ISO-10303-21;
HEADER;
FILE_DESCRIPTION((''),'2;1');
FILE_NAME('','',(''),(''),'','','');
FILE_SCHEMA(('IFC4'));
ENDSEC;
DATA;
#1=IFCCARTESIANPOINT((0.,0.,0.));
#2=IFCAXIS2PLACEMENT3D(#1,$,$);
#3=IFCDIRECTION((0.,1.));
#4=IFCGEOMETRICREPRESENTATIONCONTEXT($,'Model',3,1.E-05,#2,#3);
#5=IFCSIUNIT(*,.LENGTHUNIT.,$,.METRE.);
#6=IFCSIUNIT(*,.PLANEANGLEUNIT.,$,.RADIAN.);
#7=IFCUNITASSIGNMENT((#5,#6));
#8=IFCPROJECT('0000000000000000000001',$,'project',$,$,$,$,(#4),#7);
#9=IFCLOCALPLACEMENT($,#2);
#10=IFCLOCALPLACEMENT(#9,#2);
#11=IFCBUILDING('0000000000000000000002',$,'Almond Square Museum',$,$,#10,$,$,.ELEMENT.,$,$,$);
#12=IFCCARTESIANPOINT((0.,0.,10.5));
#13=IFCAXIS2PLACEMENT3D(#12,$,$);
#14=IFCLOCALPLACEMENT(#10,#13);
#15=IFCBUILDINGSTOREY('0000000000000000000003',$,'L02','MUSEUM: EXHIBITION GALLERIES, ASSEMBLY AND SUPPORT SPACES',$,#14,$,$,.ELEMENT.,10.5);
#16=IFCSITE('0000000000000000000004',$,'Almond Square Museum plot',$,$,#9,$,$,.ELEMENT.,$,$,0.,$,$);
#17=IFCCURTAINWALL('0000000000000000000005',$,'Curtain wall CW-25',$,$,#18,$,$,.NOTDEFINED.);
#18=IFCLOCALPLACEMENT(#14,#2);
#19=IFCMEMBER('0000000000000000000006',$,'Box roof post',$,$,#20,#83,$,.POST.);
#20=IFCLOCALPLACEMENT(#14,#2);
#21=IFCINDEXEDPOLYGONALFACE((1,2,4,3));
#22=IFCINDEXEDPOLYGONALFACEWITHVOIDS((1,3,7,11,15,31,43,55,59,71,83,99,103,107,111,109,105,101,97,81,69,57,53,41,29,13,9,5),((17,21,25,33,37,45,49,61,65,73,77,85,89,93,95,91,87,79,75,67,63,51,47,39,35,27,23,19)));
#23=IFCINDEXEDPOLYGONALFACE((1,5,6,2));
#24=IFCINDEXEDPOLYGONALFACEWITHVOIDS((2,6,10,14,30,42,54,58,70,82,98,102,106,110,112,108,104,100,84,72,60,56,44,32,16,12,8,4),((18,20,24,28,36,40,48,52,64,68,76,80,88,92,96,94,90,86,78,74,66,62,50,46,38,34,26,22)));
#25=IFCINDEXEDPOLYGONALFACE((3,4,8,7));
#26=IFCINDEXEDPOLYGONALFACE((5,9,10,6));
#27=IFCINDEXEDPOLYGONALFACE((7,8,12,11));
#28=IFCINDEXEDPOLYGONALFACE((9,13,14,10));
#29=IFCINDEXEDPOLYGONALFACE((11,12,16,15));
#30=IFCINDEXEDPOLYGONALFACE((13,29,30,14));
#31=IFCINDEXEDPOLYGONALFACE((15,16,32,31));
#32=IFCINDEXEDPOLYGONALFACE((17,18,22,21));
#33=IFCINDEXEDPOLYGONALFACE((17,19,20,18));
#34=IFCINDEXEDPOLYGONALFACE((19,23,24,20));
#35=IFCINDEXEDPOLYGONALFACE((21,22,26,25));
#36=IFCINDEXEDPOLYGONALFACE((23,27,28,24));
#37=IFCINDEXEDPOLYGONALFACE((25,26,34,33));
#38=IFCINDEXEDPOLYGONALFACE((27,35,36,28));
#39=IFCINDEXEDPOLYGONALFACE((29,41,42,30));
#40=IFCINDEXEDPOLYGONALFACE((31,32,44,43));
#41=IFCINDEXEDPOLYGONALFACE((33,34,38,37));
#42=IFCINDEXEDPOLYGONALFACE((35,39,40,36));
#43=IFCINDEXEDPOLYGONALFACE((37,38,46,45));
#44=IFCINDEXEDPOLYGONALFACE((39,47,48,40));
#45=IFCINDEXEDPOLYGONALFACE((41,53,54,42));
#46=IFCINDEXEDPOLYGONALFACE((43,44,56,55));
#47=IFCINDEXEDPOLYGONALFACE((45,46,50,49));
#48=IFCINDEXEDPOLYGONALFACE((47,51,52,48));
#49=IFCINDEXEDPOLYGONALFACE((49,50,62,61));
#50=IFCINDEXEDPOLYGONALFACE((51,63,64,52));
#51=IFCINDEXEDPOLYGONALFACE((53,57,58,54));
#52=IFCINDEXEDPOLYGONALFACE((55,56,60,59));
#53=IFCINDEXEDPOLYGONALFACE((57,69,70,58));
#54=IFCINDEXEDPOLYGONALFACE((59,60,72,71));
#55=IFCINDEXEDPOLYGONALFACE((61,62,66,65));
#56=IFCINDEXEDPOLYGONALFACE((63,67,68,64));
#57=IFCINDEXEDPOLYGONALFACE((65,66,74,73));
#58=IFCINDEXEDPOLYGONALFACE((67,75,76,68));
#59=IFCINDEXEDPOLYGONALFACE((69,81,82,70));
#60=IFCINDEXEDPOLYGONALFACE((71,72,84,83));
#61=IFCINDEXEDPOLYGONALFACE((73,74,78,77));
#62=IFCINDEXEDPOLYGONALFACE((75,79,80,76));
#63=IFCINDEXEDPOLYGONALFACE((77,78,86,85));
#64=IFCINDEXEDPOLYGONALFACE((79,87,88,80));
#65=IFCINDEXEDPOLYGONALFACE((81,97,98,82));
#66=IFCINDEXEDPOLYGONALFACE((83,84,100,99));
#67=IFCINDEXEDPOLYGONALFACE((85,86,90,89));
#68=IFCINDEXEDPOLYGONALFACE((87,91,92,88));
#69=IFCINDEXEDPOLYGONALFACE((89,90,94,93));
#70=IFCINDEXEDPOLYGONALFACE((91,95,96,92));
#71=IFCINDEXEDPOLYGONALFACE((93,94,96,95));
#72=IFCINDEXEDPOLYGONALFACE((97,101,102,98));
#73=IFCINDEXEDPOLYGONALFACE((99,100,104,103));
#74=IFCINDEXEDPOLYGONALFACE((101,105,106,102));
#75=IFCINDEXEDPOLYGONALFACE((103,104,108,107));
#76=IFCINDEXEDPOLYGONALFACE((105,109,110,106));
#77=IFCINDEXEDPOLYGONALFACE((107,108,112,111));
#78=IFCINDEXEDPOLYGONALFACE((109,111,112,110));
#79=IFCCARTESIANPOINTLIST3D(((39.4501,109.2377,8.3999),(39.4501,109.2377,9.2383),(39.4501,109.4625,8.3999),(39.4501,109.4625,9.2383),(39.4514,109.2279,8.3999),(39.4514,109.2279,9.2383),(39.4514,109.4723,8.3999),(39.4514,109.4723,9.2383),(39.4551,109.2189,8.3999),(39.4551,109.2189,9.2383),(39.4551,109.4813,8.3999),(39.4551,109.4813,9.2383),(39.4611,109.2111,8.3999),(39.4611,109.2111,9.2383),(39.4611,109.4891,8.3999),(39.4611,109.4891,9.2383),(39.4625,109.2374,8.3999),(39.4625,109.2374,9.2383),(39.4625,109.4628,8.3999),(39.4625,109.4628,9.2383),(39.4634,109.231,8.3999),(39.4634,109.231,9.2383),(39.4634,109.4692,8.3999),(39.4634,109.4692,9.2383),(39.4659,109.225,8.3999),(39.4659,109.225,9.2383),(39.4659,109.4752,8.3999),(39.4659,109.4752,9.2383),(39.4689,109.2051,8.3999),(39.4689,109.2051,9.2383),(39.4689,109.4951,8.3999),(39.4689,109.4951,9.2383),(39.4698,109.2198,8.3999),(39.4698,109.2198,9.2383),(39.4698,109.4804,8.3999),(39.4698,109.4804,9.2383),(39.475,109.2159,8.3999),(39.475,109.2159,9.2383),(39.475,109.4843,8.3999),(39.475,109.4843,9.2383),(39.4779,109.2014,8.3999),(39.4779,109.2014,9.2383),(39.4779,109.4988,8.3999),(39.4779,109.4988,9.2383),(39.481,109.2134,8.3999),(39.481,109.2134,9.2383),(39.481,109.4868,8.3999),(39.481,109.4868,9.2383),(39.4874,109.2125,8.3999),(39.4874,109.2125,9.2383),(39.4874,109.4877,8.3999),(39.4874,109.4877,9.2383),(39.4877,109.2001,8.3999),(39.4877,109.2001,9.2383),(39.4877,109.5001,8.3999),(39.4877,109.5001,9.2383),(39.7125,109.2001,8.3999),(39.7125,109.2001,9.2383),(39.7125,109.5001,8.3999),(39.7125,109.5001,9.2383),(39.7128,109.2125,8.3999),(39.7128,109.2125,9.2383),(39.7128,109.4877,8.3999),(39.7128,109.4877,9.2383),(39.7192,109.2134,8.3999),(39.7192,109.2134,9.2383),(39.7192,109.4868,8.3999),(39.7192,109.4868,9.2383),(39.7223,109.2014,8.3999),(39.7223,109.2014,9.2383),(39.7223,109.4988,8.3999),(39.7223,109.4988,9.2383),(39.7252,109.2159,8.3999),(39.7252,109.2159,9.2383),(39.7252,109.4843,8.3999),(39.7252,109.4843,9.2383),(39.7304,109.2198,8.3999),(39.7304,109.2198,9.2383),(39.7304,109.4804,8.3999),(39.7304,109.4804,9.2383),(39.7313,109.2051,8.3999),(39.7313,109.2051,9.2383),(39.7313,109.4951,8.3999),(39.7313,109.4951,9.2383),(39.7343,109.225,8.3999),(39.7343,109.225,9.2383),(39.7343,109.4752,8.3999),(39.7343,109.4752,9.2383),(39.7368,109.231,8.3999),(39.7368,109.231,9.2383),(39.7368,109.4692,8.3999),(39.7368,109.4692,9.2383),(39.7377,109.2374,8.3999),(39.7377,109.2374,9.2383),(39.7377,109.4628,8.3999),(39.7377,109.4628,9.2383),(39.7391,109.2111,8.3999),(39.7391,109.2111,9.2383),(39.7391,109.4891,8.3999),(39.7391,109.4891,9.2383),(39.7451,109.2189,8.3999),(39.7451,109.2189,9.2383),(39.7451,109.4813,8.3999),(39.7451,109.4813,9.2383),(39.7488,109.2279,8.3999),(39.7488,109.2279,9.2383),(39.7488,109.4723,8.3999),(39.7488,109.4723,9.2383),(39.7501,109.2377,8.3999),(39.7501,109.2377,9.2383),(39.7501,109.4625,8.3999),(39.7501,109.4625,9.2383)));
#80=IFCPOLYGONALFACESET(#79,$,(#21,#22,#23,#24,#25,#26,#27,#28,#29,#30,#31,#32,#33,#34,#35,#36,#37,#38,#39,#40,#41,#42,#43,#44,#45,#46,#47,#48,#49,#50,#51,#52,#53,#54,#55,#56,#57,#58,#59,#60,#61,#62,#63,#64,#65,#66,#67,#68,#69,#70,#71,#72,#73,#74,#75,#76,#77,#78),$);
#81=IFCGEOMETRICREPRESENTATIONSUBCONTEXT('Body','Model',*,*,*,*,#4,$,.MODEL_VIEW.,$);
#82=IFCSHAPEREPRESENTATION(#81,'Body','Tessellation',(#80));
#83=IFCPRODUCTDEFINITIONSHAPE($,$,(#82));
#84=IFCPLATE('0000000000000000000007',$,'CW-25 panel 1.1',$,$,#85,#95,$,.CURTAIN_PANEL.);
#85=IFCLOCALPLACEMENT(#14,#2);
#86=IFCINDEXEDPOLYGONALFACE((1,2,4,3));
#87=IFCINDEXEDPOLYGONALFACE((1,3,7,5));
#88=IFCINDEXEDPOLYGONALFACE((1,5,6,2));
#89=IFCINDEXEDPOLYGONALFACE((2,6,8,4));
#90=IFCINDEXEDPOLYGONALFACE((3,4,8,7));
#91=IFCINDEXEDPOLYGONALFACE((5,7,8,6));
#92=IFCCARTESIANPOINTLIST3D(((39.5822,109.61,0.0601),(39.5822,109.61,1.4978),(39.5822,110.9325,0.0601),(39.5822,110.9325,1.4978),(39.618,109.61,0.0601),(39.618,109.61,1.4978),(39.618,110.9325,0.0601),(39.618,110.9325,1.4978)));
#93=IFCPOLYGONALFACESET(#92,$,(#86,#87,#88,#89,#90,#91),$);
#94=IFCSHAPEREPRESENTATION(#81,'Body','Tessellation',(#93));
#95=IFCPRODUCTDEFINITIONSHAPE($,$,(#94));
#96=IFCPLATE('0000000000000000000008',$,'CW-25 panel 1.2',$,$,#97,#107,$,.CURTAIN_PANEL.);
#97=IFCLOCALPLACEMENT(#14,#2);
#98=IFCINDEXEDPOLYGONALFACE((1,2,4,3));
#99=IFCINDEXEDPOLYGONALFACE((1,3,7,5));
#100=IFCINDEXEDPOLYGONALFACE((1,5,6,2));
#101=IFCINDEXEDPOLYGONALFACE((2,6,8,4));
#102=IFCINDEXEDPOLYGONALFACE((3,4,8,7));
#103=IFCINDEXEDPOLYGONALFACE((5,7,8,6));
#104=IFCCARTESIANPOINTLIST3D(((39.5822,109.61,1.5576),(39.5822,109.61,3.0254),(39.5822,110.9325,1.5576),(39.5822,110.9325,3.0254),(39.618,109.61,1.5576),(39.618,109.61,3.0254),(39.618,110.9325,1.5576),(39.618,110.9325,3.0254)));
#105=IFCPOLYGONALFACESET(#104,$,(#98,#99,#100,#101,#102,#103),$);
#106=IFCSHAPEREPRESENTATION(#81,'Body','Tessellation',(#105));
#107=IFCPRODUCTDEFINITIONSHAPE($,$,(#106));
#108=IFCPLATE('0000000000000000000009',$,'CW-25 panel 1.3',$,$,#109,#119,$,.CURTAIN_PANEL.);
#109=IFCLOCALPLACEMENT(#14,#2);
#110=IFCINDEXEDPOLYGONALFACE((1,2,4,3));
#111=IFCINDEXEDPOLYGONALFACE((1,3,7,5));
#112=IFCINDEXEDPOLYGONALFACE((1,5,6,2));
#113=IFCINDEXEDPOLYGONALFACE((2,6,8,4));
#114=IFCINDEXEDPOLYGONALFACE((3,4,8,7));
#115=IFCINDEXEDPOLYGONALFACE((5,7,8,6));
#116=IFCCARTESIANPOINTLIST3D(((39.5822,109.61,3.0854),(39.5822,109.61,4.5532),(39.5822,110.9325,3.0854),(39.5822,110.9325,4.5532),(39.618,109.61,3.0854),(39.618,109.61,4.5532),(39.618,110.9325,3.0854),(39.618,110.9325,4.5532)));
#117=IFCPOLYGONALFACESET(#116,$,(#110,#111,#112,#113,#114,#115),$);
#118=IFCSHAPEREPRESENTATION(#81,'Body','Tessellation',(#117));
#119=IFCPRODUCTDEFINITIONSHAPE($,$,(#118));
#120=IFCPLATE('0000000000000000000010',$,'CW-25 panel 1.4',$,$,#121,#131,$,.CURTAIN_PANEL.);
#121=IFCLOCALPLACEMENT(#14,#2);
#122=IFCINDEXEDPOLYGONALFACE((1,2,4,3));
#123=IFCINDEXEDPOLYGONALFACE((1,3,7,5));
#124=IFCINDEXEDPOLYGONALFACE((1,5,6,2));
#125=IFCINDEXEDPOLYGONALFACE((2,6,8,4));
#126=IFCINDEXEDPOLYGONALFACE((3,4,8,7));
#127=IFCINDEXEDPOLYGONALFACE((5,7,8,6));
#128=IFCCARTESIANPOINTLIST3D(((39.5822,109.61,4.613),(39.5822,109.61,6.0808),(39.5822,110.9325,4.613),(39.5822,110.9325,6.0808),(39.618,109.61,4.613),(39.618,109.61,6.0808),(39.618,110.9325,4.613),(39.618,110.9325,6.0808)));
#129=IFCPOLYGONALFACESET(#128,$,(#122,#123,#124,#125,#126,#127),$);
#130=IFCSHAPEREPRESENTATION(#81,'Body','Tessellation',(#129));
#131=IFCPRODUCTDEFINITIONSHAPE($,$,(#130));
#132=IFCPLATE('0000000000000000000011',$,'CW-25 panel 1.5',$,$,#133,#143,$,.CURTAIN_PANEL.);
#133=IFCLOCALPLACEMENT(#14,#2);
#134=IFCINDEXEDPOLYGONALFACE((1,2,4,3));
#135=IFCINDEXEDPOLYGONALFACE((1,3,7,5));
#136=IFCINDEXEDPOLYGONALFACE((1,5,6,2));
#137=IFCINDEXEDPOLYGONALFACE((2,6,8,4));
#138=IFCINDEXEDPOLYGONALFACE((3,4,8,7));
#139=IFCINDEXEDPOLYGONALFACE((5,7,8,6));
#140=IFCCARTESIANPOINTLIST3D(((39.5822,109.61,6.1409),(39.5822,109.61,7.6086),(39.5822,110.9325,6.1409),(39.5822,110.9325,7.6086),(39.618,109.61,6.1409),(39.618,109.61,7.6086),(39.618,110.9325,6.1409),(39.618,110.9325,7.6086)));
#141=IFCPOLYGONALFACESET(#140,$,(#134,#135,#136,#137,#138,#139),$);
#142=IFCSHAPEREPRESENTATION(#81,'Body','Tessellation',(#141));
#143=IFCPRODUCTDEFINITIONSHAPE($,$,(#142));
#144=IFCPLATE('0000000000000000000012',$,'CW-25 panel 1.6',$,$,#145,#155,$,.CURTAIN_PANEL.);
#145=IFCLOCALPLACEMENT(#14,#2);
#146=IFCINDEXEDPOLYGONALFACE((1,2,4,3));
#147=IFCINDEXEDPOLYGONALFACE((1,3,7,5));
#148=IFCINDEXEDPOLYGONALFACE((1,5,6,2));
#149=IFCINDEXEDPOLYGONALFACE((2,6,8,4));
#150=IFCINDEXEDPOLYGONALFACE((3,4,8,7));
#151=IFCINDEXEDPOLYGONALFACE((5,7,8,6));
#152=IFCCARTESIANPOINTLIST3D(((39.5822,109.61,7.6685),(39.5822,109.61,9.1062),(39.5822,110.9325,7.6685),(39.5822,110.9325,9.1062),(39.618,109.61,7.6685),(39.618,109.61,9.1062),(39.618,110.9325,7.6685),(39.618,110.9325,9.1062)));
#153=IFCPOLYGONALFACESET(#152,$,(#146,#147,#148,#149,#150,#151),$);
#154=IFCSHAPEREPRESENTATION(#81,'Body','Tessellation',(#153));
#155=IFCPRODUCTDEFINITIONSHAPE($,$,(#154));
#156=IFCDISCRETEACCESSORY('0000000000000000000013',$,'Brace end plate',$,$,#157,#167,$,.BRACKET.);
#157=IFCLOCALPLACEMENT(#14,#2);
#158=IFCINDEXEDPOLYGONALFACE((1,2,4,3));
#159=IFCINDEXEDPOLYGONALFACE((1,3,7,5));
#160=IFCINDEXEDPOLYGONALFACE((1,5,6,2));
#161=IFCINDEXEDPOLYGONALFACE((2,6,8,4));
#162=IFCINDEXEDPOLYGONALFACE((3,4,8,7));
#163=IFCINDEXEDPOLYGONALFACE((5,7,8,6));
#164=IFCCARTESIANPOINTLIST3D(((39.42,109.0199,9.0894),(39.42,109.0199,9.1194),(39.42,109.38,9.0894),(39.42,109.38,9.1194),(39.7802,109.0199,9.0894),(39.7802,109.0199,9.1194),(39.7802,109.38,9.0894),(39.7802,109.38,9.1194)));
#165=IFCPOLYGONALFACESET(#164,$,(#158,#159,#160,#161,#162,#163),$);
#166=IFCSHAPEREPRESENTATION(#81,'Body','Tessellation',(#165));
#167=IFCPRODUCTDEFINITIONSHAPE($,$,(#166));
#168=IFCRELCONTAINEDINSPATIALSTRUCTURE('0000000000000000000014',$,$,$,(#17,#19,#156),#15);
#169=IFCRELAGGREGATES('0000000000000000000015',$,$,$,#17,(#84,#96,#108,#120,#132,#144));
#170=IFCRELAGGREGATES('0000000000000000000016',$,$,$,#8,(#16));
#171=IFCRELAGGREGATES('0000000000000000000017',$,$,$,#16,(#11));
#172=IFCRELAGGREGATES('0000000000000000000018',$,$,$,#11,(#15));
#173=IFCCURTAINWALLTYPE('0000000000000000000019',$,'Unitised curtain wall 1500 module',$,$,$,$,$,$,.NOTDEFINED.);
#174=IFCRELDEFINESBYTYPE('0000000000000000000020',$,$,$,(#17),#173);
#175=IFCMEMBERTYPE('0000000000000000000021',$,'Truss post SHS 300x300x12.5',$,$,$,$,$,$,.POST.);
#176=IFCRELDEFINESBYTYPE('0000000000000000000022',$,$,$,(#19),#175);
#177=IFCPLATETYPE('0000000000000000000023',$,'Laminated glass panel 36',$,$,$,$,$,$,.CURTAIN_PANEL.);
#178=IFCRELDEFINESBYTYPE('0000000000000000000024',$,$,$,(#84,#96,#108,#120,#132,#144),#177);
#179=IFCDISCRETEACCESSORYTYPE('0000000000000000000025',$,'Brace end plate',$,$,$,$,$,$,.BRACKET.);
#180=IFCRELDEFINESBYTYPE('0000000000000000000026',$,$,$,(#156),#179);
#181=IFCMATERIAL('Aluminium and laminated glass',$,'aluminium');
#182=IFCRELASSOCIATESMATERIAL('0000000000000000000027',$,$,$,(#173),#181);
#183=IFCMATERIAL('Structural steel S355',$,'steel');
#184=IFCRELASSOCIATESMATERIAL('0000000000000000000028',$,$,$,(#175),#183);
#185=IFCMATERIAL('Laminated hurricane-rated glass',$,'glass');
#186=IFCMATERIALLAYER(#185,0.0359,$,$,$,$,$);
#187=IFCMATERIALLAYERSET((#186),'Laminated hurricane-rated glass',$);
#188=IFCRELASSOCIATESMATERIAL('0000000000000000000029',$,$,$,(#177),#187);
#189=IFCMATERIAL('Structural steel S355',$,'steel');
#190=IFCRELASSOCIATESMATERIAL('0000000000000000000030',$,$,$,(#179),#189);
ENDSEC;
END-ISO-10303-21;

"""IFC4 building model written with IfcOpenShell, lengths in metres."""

from ifc_helpers import new_model, si_unit, direction, frame, origin, origin_2d, place, context, subcontext, project, spatial, rectangle, hollow_rectangle, extrude, material, layer, layer_set, material_profile, profile_set, type_object, element, aggregate, save


model = new_model("IFC4")

# Units and contexts
model_context = context("Model", 3, precision=1e-05, world=origin(), true_north=direction((0.0, 1.0)))
body_context = subcontext(model_context, "Body", "Model", "MODEL_VIEW")
ifc_project = project(units=[si_unit("LENGTHUNIT", "METRE"), si_unit("PLANEANGLEUNIT", "RADIAN")], contexts=[model_context])

# Site, building, storey
site_placement = place(None, origin())
site = spatial("IfcSite", under=ifc_project, at=site_placement, Name="Almond Square Museum plot", CompositionType="ELEMENT", RefElevation=0.0)
building_placement = place(site_placement, origin())
building = spatial("IfcBuilding", under=site, at=building_placement, Name="Almond Square Museum", CompositionType="ELEMENT")
storey_placement = place(building_placement, frame((0.0, 0.0, 10.5)))
storey = spatial("IfcBuildingStorey", under=building, at=storey_placement, Name="L02", Description="MUSEUM: EXHIBITION GALLERIES, ASSEMBLY AND SUPPORT SPACES", CompositionType="ELEMENT", Elevation=10.5)

# Curtain wall
ifc_material_1 = material(Name="Aluminium and laminated glass", Category="aluminium")
curtain_wall_type = type_object("IfcCurtainWallType", Name="Unitised curtain wall 1500 module", PredefinedType="NOTDEFINED", material=ifc_material_1)
curtain_wall_placement = place(storey_placement, origin())
curtain_wall = element("IfcCurtainWall", 1, at=curtain_wall_placement, inside=storey, type_object=curtain_wall_type, Name="Curtain wall CW-25", PredefinedType="NOTDEFINED")

# Member
ifc_material_2 = material(Name="Structural steel S355", Category="steel")
ifc_material_profile_1 = material_profile(ifc_material_2, hollow_rectangle(XDim=0.3, YDim=0.3, WallThickness=0.0125, InnerFilletRadius=0.0249, OuterFilletRadius=0.0376, at=origin_2d()))
ifc_profile_set_1 = profile_set([ifc_material_profile_1], Name="Structural steel S355")
member_type_1 = type_object("IfcMemberType", Name="Truss post SHS 300x300x12.5", PredefinedType="POST", material=ifc_profile_set_1)
member_1_placement = place(storey_placement, frame((39.6001, 109.3501, 8.3999), z_axis=(0.0, 0.0, 1.0), x_axis=(1.0, 0.0, 0.0)))
element("IfcMember", 2, at=member_1_placement, inside=storey, type_object=member_type_1, Name="Box roof post", PredefinedType="POST", context=body_context, shape_type="SweptSolid", body=[
    extrude(hollow_rectangle(XDim=0.3, YDim=0.3, WallThickness=0.0125, InnerFilletRadius=0.0249, OuterFilletRadius=0.0376, at=origin_2d()), origin(), (0.0, 0.0, 1.0), 0.8384),
])

# Plates
ifc_material_3 = material(Name="Laminated hurricane-rated glass", Category="glass")
ifc_layer = layer(ifc_material_3, 0.0359)
ifc_layer_set = layer_set([ifc_layer], Name="Laminated hurricane-rated glass")
plate_type = type_object("IfcPlateType", Name="Laminated glass panel 36", PredefinedType="CURTAIN_PANEL", material=ifc_layer_set)
plate_1_placement = place(storey_placement, frame((39.6001, 110.2712, 0.0601), z_axis=(0.0, 0.0, 1.0), x_axis=(0.0, 1.0, 0.0)))
plate_1 = element("IfcPlate", 3, at=plate_1_placement, type_object=plate_type, Name="CW-25 panel 1.1", PredefinedType="CURTAIN_PANEL", context=body_context, shape_type="SweptSolid", body=[
    extrude(rectangle(XDim=1.3225, YDim=0.0359, at=origin_2d()), origin(), (0.0, 0.0, 1.0), 1.4377),
])
plate_2_placement = place(storey_placement, frame((39.6001, 110.2712, 1.5576), z_axis=(0.0, 0.0, 1.0), x_axis=(0.0, 1.0, 0.0)))
plate_2 = element("IfcPlate", 4, at=plate_2_placement, type_object=plate_type, Name="CW-25 panel 1.2", PredefinedType="CURTAIN_PANEL", context=body_context, shape_type="SweptSolid", body=[
    extrude(rectangle(XDim=1.3225, YDim=0.0359, at=origin_2d()), origin(), (0.0, 0.0, 1.0), 1.4678),
])
plate_3_placement = place(storey_placement, frame((39.6001, 110.2712, 3.0854), z_axis=(0.0, 0.0, 1.0), x_axis=(0.0, 1.0, 0.0)))
plate_3 = element("IfcPlate", 5, at=plate_3_placement, type_object=plate_type, Name="CW-25 panel 1.3", PredefinedType="CURTAIN_PANEL", context=body_context, shape_type="SweptSolid", body=[
    extrude(rectangle(XDim=1.3225, YDim=0.0359, at=origin_2d()), origin(), (0.0, 0.0, 1.0), 1.4678),
])
plate_4_placement = place(storey_placement, frame((39.6001, 110.2712, 4.613), z_axis=(0.0, 0.0, 1.0), x_axis=(0.0, 1.0, 0.0)))
plate_4 = element("IfcPlate", 6, at=plate_4_placement, type_object=plate_type, Name="CW-25 panel 1.4", PredefinedType="CURTAIN_PANEL", context=body_context, shape_type="SweptSolid", body=[
    extrude(rectangle(XDim=1.3225, YDim=0.0359, at=origin_2d()), origin(), (0.0, 0.0, 1.0), 1.4678),
])
plate_5_placement = place(storey_placement, frame((39.6001, 110.2712, 6.1409), z_axis=(0.0, 0.0, 1.0), x_axis=(0.0, 1.0, 0.0)))
plate_5 = element("IfcPlate", 7, at=plate_5_placement, type_object=plate_type, Name="CW-25 panel 1.5", PredefinedType="CURTAIN_PANEL", context=body_context, shape_type="SweptSolid", body=[
    extrude(rectangle(XDim=1.3225, YDim=0.0359, at=origin_2d()), origin(), (0.0, 0.0, 1.0), 1.4678),
])
plate_6_placement = place(storey_placement, frame((39.6001, 110.2712, 7.6685), z_axis=(0.0, 0.0, 1.0), x_axis=(0.0, 1.0, 0.0)))
plate_6 = element("IfcPlate", 8, at=plate_6_placement, type_object=plate_type, Name="CW-25 panel 1.6", PredefinedType="CURTAIN_PANEL", context=body_context, shape_type="SweptSolid", body=[
    extrude(rectangle(XDim=1.3225, YDim=0.0359, at=origin_2d()), origin(), (0.0, 0.0, 1.0), 1.4377),
])
aggregate(curtain_wall, [plate_1, plate_2, plate_3, plate_4, plate_5, plate_6])

# Discrete accessory
ifc_material_4 = material(Name="Structural steel S355", Category="steel")
discrete_accessory_type = type_object("IfcDiscreteAccessoryType", Name="Brace end plate", PredefinedType="BRACKET", material=ifc_material_4)
discrete_accessory_placement = place(storey_placement, frame((39.6001, 109.2, 9.0894), z_axis=(0.0, 0.0, 1.0), x_axis=(1.0, 0.0, 0.0)))
element("IfcDiscreteAccessory", 9, at=discrete_accessory_placement, inside=storey, type_object=discrete_accessory_type, Name="Brace end plate", PredefinedType="BRACKET", context=body_context, shape_type="SweptSolid", body=[
    extrude(rectangle(XDim=0.3601, YDim=0.3601, at=origin_2d()), origin(), (0.0, 0.0, 1.0), 0.03),
])

save(model, "model.ifc")
